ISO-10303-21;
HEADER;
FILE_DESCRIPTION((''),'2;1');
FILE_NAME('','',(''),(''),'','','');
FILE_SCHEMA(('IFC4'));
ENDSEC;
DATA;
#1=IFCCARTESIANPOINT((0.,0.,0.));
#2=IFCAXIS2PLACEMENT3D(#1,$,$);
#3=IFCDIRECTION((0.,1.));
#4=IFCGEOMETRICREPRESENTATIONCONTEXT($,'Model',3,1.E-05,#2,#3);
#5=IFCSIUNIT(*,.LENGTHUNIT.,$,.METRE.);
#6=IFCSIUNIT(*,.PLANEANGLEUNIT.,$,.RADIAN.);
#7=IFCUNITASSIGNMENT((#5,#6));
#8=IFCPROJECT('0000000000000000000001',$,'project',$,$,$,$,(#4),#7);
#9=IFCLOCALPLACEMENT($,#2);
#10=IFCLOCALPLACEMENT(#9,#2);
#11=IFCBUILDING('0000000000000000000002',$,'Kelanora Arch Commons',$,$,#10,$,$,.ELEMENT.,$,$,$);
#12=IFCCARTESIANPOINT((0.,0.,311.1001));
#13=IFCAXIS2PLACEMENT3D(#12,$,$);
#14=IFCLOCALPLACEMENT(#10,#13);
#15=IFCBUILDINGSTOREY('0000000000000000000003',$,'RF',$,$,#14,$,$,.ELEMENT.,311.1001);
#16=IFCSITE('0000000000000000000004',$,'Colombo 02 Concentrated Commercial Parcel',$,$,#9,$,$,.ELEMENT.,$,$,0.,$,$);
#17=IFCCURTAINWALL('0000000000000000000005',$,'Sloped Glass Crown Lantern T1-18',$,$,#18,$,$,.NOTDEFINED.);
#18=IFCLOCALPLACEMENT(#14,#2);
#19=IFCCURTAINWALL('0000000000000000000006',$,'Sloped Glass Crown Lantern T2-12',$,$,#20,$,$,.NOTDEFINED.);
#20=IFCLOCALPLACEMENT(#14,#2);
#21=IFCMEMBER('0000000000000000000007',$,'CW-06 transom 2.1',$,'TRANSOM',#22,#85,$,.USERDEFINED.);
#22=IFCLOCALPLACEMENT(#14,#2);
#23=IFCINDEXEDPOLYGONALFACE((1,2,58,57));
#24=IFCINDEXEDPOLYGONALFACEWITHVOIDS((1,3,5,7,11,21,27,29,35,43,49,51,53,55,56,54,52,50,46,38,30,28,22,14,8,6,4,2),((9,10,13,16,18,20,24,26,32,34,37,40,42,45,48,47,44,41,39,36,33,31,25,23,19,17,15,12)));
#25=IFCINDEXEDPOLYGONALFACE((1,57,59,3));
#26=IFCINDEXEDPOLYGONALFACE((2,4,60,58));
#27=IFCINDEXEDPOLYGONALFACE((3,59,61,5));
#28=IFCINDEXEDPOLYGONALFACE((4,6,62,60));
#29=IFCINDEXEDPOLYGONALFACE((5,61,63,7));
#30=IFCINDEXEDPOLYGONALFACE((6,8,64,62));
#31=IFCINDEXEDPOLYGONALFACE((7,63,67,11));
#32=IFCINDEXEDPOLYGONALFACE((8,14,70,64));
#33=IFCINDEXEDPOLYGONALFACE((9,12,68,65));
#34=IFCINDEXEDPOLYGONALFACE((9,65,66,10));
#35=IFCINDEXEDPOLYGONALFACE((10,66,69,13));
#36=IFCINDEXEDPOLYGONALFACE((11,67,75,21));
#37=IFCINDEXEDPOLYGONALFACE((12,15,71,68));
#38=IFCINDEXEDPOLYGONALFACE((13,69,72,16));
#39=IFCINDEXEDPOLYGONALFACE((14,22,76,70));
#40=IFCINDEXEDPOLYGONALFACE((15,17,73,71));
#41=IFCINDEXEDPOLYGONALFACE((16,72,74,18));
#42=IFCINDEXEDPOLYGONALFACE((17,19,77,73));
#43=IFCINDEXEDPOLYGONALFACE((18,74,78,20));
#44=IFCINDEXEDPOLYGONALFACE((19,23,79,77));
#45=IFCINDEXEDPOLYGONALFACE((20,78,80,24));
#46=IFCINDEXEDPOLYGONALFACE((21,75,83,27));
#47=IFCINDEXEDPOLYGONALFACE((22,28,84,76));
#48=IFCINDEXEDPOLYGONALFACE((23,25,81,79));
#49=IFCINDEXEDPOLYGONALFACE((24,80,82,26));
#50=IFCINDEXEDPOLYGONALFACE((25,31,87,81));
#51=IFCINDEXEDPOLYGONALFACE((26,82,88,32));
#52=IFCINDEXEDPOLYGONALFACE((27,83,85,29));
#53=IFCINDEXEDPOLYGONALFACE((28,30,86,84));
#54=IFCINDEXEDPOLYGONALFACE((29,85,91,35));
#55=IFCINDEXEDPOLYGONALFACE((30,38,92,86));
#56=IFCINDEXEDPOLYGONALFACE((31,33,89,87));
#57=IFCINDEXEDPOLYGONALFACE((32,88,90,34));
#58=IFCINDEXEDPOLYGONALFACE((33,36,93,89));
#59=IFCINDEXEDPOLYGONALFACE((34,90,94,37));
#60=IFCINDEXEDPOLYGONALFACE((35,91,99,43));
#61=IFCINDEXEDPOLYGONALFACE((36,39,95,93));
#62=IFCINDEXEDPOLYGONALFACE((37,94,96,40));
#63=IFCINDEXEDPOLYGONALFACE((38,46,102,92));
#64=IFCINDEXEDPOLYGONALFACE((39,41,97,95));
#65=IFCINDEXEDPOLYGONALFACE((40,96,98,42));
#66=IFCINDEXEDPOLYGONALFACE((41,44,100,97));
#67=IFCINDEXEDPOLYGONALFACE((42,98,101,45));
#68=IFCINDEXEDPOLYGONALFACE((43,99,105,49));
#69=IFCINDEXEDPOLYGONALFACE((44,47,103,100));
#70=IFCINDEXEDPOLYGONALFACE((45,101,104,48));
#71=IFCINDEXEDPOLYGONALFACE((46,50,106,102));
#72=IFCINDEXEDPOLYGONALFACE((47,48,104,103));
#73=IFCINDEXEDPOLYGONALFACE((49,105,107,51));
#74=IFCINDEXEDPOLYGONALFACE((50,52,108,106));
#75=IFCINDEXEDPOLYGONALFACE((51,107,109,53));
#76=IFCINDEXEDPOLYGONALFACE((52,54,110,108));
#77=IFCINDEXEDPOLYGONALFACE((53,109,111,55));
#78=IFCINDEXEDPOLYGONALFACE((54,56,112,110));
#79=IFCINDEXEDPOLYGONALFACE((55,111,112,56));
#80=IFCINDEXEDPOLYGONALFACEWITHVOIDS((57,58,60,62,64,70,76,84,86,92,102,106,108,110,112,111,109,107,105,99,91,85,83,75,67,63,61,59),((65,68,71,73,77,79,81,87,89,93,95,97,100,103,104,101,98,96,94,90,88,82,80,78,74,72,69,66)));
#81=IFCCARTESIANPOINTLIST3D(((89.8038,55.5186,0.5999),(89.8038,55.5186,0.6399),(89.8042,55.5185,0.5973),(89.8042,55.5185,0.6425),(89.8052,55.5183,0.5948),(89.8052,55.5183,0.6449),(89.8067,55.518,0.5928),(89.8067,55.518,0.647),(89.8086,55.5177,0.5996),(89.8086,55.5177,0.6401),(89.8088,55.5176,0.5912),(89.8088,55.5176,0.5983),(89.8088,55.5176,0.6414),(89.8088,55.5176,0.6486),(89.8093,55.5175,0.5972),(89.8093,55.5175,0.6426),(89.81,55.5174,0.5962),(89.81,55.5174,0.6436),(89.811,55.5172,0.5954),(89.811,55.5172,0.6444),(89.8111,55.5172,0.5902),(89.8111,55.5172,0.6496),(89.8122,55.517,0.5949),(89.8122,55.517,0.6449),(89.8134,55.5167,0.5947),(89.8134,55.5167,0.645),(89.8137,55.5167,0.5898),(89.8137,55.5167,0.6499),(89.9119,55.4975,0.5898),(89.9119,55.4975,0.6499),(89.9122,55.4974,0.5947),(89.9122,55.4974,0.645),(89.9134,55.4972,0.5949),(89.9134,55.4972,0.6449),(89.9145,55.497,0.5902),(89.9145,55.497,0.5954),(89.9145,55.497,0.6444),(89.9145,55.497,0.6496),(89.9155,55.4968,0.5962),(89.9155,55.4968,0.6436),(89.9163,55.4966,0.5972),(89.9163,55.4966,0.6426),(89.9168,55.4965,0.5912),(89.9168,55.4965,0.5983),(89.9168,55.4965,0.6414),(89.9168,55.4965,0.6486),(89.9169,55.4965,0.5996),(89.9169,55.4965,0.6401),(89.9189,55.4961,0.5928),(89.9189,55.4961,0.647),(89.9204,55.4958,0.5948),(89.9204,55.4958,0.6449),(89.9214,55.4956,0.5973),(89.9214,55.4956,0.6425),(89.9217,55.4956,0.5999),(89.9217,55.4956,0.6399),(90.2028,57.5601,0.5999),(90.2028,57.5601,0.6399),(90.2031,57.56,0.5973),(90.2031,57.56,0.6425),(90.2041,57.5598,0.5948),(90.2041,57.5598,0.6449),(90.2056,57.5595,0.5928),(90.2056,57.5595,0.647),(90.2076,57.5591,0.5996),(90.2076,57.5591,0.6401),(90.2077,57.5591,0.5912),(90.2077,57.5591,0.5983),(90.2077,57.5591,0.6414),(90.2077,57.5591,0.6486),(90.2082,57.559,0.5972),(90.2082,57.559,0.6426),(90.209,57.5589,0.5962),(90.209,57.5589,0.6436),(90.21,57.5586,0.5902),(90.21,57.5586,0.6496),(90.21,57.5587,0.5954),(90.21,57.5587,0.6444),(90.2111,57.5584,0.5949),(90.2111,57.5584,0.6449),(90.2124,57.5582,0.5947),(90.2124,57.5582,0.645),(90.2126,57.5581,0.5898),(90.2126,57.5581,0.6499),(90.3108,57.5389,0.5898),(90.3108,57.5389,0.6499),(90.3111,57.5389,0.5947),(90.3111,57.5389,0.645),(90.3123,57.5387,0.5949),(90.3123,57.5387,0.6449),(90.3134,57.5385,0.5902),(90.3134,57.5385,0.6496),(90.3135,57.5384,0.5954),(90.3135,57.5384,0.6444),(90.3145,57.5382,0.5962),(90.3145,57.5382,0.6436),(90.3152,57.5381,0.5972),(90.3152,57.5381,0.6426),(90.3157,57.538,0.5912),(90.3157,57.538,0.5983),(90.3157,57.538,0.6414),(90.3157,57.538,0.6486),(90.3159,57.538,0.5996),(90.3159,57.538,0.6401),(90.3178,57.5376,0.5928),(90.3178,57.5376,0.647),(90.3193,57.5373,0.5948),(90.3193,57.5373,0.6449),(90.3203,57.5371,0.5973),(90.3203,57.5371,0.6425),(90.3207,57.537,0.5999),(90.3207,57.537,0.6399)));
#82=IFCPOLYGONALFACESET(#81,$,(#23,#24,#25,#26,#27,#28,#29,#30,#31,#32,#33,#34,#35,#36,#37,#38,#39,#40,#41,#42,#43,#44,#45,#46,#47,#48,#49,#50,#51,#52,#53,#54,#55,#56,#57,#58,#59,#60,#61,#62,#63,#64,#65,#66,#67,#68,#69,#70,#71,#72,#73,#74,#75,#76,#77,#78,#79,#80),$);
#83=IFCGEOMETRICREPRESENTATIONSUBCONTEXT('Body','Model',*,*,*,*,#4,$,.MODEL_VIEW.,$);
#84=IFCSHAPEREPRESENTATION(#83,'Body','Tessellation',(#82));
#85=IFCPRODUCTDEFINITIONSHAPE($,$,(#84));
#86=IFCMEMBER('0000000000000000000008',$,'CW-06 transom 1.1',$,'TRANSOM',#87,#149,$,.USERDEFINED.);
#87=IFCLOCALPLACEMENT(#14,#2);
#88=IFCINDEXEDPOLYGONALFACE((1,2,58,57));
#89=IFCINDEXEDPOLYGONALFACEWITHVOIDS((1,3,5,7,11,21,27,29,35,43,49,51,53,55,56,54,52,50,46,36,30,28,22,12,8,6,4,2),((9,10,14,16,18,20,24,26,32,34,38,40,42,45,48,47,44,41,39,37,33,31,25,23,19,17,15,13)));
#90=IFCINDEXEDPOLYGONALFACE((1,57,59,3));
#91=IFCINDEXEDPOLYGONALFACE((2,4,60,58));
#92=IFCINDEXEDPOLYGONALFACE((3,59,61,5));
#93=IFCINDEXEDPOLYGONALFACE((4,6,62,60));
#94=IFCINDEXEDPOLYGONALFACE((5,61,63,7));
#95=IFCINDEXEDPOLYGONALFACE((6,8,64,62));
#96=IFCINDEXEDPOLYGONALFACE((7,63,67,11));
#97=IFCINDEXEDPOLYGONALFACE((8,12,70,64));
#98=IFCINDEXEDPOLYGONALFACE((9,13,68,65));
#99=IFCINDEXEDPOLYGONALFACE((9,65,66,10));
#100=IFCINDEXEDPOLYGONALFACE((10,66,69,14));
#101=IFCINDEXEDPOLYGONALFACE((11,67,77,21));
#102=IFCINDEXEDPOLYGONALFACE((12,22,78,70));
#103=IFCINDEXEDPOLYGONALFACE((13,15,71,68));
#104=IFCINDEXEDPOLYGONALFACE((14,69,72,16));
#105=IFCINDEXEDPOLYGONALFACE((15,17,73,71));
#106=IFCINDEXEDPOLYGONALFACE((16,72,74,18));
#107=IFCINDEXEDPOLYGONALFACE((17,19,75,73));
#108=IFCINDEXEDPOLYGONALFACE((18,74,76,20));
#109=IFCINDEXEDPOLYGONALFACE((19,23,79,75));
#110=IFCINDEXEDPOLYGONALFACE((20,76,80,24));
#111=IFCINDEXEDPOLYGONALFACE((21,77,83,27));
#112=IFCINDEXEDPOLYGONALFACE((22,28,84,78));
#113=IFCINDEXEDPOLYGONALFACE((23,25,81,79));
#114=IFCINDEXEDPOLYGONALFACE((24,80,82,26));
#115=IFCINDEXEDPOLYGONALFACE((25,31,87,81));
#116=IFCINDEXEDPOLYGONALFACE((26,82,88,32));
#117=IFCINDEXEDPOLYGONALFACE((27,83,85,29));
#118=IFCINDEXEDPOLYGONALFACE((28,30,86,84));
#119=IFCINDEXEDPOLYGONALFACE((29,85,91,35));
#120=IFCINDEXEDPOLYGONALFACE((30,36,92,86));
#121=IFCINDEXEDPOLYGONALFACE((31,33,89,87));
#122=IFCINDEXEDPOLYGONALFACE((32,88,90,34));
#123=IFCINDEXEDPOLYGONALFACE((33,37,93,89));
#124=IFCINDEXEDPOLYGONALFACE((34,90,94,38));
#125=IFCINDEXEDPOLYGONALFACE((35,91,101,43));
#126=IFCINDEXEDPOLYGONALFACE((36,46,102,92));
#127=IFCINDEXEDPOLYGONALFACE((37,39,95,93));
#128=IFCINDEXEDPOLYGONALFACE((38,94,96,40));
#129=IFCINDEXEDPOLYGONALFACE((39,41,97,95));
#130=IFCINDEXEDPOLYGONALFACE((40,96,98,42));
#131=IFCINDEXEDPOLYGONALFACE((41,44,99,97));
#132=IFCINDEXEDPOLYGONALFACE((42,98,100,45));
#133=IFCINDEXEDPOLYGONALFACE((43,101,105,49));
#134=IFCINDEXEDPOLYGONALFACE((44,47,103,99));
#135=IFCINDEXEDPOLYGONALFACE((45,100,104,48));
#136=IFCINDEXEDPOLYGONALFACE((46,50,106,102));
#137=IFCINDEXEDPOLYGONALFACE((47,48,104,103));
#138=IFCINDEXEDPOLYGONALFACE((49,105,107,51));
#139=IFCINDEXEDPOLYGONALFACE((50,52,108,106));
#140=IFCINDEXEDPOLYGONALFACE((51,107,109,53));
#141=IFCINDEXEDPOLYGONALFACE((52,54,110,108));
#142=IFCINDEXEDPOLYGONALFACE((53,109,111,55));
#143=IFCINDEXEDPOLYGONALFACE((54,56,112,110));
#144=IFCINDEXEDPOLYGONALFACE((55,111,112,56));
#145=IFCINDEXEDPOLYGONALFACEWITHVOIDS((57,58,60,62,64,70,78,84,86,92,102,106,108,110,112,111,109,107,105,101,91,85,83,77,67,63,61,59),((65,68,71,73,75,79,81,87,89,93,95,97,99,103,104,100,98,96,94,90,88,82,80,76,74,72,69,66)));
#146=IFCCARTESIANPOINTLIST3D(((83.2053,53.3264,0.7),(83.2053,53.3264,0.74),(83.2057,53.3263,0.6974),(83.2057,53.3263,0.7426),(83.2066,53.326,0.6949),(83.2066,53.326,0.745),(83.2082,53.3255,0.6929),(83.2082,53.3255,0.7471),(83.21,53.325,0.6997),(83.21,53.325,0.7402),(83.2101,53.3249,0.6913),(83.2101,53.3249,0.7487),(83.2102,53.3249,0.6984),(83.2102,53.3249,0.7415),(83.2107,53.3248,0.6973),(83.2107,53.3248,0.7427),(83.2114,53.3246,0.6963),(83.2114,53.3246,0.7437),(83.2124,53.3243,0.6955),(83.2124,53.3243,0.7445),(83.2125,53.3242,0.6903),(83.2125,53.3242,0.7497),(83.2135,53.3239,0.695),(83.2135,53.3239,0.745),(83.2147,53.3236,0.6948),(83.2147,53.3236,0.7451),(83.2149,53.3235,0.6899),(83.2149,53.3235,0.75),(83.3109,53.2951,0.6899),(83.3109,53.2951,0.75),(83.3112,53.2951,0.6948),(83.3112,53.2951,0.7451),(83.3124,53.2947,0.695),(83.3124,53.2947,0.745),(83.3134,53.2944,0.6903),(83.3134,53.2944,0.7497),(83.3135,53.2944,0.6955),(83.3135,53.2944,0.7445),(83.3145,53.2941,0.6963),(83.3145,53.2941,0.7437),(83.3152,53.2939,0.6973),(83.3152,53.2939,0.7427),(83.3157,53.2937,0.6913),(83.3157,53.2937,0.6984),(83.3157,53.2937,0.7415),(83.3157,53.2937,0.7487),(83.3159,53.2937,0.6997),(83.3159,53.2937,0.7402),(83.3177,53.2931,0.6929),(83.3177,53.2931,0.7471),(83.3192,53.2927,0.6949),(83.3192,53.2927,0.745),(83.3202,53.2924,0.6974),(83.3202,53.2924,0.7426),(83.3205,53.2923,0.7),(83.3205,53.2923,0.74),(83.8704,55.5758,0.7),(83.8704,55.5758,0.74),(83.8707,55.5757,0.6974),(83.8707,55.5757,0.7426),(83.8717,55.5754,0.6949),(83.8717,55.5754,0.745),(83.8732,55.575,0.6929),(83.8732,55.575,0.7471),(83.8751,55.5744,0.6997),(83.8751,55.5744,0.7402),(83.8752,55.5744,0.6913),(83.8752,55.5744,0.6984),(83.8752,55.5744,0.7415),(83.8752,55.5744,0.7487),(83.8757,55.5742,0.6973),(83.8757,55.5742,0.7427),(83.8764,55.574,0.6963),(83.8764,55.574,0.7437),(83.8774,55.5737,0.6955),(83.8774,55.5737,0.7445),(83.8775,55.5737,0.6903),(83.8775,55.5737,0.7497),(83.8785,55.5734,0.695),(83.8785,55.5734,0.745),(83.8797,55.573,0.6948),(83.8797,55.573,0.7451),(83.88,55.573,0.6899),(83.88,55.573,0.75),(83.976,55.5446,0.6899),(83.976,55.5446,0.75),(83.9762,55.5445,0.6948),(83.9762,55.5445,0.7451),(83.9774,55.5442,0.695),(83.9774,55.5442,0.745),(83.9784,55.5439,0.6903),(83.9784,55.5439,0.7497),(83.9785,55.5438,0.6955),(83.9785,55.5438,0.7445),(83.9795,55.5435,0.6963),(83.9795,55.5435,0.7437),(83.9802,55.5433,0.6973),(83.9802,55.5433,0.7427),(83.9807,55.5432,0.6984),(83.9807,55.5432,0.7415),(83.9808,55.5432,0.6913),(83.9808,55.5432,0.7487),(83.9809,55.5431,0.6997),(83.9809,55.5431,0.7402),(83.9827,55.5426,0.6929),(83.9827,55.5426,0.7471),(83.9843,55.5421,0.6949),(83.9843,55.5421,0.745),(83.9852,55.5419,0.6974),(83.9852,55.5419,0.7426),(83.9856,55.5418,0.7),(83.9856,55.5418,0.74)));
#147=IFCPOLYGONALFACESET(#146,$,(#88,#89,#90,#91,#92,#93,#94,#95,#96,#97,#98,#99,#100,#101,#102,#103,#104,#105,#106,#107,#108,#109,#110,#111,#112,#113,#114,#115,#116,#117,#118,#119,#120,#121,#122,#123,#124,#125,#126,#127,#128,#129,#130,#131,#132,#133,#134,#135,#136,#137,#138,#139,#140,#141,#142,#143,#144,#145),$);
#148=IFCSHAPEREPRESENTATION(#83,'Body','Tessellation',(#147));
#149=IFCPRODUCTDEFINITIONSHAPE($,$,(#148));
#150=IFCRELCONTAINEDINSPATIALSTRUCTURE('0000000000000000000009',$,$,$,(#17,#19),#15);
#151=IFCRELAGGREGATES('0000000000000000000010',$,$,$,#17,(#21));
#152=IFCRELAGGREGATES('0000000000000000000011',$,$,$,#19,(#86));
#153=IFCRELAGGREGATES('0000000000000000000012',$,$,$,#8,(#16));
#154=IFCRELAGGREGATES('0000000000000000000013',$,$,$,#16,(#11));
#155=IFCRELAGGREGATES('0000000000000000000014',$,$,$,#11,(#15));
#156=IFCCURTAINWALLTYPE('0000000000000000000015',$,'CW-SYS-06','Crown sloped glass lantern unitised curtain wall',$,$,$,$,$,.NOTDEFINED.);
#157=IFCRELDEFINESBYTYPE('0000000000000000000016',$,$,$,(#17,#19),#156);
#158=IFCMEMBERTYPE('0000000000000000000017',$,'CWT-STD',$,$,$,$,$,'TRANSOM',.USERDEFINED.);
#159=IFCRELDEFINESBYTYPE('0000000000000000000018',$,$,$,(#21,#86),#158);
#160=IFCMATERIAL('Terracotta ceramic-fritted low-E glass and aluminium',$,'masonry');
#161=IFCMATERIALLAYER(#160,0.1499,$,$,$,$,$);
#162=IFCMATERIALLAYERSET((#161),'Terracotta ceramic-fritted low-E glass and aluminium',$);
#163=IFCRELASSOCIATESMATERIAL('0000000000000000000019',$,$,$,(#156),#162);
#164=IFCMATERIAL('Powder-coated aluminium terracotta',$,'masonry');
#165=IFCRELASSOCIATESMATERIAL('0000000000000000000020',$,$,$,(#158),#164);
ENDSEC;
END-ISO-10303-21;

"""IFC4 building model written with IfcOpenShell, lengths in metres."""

from ifc_helpers import new_model, si_unit, direction, frame, origin, origin_2d, place, context, subcontext, project, spatial, hollow_rectangle, extrude, material, layer, layer_set, material_profile, profile_set, type_object, element, aggregate, save


model = new_model("IFC4")

# Units and contexts
model_context = context("Model", 3, precision=1e-05, world=origin(), true_north=direction((0.0, 1.0)))
body_context = subcontext(model_context, "Body", "Model", "MODEL_VIEW")
ifc_project = project(units=[si_unit("LENGTHUNIT", "METRE"), si_unit("PLANEANGLEUNIT", "RADIAN")], contexts=[model_context])

# Site, building, storey
site_placement = place(None, origin())
site = spatial("IfcSite", under=ifc_project, at=site_placement, Name="Colombo 02 Concentrated Commercial Parcel", CompositionType="ELEMENT", RefElevation=0.0)
building_placement = place(site_placement, origin())
building = spatial("IfcBuilding", under=site, at=building_placement, Name="Kelanora Arch Commons", CompositionType="ELEMENT")
storey_placement = place(building_placement, frame((0.0, 0.0, 311.1001)))
storey = spatial("IfcBuildingStorey", under=building, at=storey_placement, Name="RF", CompositionType="ELEMENT", Elevation=311.1001)

# Curtain walls
ifc_material_1 = material(Name="Terracotta ceramic-fritted low-E glass and aluminium", Category="masonry")
ifc_layer_1 = layer(ifc_material_1, 0.1499)
ifc_layer_set_1 = layer_set([ifc_layer_1], Name="Terracotta ceramic-fritted low-E glass and aluminium")
curtain_wall_type = type_object("IfcCurtainWallType", Name="CW-SYS-06", Description="Crown sloped glass lantern unitised curtain wall", PredefinedType="NOTDEFINED", material=ifc_layer_set_1)
ifc_material_2 = material(Name="Powder-coated aluminium terracotta", Category="masonry")
curtain_wall_1_placement = place(storey_placement, origin())
curtain_wall_1 = element("IfcCurtainWall", 1, at=curtain_wall_1_placement, inside=storey, type_object=curtain_wall_type, Name="Sloped Glass Crown Lantern T1-18", PredefinedType="NOTDEFINED")
curtain_wall_2_placement = place(storey_placement, origin())
curtain_wall_2 = element("IfcCurtainWall", 2, at=curtain_wall_2_placement, inside=storey, type_object=curtain_wall_type, Name="Sloped Glass Crown Lantern T2-12", PredefinedType="NOTDEFINED")

# Members
ifc_material_profile_1 = material_profile(ifc_material_2, hollow_rectangle(XDim=0.1201, YDim=0.0601, WallThickness=0.0049, InnerFilletRadius=0.0049, OuterFilletRadius=0.01, at=origin_2d()), Name="CWT120x60")
ifc_profile_set_1 = profile_set([ifc_material_profile_1], Name="Powder-coated aluminium terracotta")
member_type_1 = type_object("IfcMemberType", Name="CWT-STD", ElementType="TRANSOM", PredefinedType="USERDEFINED", material=ifc_profile_set_1)
member_1_placement = place(storey_placement, frame((89.8628, 55.5071, 0.6199), z_axis=(0.191781, 0.981438, 0.0), x_axis=(-0.981438, 0.191781, 0.0)))
member_1 = element("IfcMember", 3, at=member_1_placement, type_object=member_type_1, Name="CW-06 transom 2.1", ObjectType="TRANSOM", PredefinedType="USERDEFINED", context=body_context, shape_type="SweptSolid", body=[
    extrude(hollow_rectangle(XDim=0.1201, YDim=0.0601, WallThickness=0.0049, InnerFilletRadius=0.0049, OuterFilletRadius=0.01, at=origin_2d()), origin(), (0.0, 0.0, 1.0), 2.0801),
])
member_2_placement = place(storey_placement, frame((83.2629, 53.3093, 0.72), z_axis=(0.283507, 0.95897, 0.0), x_axis=(-0.95897, 0.283507, 0.0)))
member_2 = element("IfcMember", 4, at=member_2_placement, type_object=member_type_1, Name="CW-06 transom 1.1", ObjectType="TRANSOM", PredefinedType="USERDEFINED", context=body_context, shape_type="SweptSolid", body=[
    extrude(hollow_rectangle(XDim=0.1201, YDim=0.0601, WallThickness=0.0049, InnerFilletRadius=0.0049, OuterFilletRadius=0.01, at=origin_2d()), origin(), (0.0, 0.0, 1.0), 2.3457),
])

aggregate(curtain_wall_1, [member_1])
aggregate(curtain_wall_2, [member_2])

save(model, "model.ifc")
